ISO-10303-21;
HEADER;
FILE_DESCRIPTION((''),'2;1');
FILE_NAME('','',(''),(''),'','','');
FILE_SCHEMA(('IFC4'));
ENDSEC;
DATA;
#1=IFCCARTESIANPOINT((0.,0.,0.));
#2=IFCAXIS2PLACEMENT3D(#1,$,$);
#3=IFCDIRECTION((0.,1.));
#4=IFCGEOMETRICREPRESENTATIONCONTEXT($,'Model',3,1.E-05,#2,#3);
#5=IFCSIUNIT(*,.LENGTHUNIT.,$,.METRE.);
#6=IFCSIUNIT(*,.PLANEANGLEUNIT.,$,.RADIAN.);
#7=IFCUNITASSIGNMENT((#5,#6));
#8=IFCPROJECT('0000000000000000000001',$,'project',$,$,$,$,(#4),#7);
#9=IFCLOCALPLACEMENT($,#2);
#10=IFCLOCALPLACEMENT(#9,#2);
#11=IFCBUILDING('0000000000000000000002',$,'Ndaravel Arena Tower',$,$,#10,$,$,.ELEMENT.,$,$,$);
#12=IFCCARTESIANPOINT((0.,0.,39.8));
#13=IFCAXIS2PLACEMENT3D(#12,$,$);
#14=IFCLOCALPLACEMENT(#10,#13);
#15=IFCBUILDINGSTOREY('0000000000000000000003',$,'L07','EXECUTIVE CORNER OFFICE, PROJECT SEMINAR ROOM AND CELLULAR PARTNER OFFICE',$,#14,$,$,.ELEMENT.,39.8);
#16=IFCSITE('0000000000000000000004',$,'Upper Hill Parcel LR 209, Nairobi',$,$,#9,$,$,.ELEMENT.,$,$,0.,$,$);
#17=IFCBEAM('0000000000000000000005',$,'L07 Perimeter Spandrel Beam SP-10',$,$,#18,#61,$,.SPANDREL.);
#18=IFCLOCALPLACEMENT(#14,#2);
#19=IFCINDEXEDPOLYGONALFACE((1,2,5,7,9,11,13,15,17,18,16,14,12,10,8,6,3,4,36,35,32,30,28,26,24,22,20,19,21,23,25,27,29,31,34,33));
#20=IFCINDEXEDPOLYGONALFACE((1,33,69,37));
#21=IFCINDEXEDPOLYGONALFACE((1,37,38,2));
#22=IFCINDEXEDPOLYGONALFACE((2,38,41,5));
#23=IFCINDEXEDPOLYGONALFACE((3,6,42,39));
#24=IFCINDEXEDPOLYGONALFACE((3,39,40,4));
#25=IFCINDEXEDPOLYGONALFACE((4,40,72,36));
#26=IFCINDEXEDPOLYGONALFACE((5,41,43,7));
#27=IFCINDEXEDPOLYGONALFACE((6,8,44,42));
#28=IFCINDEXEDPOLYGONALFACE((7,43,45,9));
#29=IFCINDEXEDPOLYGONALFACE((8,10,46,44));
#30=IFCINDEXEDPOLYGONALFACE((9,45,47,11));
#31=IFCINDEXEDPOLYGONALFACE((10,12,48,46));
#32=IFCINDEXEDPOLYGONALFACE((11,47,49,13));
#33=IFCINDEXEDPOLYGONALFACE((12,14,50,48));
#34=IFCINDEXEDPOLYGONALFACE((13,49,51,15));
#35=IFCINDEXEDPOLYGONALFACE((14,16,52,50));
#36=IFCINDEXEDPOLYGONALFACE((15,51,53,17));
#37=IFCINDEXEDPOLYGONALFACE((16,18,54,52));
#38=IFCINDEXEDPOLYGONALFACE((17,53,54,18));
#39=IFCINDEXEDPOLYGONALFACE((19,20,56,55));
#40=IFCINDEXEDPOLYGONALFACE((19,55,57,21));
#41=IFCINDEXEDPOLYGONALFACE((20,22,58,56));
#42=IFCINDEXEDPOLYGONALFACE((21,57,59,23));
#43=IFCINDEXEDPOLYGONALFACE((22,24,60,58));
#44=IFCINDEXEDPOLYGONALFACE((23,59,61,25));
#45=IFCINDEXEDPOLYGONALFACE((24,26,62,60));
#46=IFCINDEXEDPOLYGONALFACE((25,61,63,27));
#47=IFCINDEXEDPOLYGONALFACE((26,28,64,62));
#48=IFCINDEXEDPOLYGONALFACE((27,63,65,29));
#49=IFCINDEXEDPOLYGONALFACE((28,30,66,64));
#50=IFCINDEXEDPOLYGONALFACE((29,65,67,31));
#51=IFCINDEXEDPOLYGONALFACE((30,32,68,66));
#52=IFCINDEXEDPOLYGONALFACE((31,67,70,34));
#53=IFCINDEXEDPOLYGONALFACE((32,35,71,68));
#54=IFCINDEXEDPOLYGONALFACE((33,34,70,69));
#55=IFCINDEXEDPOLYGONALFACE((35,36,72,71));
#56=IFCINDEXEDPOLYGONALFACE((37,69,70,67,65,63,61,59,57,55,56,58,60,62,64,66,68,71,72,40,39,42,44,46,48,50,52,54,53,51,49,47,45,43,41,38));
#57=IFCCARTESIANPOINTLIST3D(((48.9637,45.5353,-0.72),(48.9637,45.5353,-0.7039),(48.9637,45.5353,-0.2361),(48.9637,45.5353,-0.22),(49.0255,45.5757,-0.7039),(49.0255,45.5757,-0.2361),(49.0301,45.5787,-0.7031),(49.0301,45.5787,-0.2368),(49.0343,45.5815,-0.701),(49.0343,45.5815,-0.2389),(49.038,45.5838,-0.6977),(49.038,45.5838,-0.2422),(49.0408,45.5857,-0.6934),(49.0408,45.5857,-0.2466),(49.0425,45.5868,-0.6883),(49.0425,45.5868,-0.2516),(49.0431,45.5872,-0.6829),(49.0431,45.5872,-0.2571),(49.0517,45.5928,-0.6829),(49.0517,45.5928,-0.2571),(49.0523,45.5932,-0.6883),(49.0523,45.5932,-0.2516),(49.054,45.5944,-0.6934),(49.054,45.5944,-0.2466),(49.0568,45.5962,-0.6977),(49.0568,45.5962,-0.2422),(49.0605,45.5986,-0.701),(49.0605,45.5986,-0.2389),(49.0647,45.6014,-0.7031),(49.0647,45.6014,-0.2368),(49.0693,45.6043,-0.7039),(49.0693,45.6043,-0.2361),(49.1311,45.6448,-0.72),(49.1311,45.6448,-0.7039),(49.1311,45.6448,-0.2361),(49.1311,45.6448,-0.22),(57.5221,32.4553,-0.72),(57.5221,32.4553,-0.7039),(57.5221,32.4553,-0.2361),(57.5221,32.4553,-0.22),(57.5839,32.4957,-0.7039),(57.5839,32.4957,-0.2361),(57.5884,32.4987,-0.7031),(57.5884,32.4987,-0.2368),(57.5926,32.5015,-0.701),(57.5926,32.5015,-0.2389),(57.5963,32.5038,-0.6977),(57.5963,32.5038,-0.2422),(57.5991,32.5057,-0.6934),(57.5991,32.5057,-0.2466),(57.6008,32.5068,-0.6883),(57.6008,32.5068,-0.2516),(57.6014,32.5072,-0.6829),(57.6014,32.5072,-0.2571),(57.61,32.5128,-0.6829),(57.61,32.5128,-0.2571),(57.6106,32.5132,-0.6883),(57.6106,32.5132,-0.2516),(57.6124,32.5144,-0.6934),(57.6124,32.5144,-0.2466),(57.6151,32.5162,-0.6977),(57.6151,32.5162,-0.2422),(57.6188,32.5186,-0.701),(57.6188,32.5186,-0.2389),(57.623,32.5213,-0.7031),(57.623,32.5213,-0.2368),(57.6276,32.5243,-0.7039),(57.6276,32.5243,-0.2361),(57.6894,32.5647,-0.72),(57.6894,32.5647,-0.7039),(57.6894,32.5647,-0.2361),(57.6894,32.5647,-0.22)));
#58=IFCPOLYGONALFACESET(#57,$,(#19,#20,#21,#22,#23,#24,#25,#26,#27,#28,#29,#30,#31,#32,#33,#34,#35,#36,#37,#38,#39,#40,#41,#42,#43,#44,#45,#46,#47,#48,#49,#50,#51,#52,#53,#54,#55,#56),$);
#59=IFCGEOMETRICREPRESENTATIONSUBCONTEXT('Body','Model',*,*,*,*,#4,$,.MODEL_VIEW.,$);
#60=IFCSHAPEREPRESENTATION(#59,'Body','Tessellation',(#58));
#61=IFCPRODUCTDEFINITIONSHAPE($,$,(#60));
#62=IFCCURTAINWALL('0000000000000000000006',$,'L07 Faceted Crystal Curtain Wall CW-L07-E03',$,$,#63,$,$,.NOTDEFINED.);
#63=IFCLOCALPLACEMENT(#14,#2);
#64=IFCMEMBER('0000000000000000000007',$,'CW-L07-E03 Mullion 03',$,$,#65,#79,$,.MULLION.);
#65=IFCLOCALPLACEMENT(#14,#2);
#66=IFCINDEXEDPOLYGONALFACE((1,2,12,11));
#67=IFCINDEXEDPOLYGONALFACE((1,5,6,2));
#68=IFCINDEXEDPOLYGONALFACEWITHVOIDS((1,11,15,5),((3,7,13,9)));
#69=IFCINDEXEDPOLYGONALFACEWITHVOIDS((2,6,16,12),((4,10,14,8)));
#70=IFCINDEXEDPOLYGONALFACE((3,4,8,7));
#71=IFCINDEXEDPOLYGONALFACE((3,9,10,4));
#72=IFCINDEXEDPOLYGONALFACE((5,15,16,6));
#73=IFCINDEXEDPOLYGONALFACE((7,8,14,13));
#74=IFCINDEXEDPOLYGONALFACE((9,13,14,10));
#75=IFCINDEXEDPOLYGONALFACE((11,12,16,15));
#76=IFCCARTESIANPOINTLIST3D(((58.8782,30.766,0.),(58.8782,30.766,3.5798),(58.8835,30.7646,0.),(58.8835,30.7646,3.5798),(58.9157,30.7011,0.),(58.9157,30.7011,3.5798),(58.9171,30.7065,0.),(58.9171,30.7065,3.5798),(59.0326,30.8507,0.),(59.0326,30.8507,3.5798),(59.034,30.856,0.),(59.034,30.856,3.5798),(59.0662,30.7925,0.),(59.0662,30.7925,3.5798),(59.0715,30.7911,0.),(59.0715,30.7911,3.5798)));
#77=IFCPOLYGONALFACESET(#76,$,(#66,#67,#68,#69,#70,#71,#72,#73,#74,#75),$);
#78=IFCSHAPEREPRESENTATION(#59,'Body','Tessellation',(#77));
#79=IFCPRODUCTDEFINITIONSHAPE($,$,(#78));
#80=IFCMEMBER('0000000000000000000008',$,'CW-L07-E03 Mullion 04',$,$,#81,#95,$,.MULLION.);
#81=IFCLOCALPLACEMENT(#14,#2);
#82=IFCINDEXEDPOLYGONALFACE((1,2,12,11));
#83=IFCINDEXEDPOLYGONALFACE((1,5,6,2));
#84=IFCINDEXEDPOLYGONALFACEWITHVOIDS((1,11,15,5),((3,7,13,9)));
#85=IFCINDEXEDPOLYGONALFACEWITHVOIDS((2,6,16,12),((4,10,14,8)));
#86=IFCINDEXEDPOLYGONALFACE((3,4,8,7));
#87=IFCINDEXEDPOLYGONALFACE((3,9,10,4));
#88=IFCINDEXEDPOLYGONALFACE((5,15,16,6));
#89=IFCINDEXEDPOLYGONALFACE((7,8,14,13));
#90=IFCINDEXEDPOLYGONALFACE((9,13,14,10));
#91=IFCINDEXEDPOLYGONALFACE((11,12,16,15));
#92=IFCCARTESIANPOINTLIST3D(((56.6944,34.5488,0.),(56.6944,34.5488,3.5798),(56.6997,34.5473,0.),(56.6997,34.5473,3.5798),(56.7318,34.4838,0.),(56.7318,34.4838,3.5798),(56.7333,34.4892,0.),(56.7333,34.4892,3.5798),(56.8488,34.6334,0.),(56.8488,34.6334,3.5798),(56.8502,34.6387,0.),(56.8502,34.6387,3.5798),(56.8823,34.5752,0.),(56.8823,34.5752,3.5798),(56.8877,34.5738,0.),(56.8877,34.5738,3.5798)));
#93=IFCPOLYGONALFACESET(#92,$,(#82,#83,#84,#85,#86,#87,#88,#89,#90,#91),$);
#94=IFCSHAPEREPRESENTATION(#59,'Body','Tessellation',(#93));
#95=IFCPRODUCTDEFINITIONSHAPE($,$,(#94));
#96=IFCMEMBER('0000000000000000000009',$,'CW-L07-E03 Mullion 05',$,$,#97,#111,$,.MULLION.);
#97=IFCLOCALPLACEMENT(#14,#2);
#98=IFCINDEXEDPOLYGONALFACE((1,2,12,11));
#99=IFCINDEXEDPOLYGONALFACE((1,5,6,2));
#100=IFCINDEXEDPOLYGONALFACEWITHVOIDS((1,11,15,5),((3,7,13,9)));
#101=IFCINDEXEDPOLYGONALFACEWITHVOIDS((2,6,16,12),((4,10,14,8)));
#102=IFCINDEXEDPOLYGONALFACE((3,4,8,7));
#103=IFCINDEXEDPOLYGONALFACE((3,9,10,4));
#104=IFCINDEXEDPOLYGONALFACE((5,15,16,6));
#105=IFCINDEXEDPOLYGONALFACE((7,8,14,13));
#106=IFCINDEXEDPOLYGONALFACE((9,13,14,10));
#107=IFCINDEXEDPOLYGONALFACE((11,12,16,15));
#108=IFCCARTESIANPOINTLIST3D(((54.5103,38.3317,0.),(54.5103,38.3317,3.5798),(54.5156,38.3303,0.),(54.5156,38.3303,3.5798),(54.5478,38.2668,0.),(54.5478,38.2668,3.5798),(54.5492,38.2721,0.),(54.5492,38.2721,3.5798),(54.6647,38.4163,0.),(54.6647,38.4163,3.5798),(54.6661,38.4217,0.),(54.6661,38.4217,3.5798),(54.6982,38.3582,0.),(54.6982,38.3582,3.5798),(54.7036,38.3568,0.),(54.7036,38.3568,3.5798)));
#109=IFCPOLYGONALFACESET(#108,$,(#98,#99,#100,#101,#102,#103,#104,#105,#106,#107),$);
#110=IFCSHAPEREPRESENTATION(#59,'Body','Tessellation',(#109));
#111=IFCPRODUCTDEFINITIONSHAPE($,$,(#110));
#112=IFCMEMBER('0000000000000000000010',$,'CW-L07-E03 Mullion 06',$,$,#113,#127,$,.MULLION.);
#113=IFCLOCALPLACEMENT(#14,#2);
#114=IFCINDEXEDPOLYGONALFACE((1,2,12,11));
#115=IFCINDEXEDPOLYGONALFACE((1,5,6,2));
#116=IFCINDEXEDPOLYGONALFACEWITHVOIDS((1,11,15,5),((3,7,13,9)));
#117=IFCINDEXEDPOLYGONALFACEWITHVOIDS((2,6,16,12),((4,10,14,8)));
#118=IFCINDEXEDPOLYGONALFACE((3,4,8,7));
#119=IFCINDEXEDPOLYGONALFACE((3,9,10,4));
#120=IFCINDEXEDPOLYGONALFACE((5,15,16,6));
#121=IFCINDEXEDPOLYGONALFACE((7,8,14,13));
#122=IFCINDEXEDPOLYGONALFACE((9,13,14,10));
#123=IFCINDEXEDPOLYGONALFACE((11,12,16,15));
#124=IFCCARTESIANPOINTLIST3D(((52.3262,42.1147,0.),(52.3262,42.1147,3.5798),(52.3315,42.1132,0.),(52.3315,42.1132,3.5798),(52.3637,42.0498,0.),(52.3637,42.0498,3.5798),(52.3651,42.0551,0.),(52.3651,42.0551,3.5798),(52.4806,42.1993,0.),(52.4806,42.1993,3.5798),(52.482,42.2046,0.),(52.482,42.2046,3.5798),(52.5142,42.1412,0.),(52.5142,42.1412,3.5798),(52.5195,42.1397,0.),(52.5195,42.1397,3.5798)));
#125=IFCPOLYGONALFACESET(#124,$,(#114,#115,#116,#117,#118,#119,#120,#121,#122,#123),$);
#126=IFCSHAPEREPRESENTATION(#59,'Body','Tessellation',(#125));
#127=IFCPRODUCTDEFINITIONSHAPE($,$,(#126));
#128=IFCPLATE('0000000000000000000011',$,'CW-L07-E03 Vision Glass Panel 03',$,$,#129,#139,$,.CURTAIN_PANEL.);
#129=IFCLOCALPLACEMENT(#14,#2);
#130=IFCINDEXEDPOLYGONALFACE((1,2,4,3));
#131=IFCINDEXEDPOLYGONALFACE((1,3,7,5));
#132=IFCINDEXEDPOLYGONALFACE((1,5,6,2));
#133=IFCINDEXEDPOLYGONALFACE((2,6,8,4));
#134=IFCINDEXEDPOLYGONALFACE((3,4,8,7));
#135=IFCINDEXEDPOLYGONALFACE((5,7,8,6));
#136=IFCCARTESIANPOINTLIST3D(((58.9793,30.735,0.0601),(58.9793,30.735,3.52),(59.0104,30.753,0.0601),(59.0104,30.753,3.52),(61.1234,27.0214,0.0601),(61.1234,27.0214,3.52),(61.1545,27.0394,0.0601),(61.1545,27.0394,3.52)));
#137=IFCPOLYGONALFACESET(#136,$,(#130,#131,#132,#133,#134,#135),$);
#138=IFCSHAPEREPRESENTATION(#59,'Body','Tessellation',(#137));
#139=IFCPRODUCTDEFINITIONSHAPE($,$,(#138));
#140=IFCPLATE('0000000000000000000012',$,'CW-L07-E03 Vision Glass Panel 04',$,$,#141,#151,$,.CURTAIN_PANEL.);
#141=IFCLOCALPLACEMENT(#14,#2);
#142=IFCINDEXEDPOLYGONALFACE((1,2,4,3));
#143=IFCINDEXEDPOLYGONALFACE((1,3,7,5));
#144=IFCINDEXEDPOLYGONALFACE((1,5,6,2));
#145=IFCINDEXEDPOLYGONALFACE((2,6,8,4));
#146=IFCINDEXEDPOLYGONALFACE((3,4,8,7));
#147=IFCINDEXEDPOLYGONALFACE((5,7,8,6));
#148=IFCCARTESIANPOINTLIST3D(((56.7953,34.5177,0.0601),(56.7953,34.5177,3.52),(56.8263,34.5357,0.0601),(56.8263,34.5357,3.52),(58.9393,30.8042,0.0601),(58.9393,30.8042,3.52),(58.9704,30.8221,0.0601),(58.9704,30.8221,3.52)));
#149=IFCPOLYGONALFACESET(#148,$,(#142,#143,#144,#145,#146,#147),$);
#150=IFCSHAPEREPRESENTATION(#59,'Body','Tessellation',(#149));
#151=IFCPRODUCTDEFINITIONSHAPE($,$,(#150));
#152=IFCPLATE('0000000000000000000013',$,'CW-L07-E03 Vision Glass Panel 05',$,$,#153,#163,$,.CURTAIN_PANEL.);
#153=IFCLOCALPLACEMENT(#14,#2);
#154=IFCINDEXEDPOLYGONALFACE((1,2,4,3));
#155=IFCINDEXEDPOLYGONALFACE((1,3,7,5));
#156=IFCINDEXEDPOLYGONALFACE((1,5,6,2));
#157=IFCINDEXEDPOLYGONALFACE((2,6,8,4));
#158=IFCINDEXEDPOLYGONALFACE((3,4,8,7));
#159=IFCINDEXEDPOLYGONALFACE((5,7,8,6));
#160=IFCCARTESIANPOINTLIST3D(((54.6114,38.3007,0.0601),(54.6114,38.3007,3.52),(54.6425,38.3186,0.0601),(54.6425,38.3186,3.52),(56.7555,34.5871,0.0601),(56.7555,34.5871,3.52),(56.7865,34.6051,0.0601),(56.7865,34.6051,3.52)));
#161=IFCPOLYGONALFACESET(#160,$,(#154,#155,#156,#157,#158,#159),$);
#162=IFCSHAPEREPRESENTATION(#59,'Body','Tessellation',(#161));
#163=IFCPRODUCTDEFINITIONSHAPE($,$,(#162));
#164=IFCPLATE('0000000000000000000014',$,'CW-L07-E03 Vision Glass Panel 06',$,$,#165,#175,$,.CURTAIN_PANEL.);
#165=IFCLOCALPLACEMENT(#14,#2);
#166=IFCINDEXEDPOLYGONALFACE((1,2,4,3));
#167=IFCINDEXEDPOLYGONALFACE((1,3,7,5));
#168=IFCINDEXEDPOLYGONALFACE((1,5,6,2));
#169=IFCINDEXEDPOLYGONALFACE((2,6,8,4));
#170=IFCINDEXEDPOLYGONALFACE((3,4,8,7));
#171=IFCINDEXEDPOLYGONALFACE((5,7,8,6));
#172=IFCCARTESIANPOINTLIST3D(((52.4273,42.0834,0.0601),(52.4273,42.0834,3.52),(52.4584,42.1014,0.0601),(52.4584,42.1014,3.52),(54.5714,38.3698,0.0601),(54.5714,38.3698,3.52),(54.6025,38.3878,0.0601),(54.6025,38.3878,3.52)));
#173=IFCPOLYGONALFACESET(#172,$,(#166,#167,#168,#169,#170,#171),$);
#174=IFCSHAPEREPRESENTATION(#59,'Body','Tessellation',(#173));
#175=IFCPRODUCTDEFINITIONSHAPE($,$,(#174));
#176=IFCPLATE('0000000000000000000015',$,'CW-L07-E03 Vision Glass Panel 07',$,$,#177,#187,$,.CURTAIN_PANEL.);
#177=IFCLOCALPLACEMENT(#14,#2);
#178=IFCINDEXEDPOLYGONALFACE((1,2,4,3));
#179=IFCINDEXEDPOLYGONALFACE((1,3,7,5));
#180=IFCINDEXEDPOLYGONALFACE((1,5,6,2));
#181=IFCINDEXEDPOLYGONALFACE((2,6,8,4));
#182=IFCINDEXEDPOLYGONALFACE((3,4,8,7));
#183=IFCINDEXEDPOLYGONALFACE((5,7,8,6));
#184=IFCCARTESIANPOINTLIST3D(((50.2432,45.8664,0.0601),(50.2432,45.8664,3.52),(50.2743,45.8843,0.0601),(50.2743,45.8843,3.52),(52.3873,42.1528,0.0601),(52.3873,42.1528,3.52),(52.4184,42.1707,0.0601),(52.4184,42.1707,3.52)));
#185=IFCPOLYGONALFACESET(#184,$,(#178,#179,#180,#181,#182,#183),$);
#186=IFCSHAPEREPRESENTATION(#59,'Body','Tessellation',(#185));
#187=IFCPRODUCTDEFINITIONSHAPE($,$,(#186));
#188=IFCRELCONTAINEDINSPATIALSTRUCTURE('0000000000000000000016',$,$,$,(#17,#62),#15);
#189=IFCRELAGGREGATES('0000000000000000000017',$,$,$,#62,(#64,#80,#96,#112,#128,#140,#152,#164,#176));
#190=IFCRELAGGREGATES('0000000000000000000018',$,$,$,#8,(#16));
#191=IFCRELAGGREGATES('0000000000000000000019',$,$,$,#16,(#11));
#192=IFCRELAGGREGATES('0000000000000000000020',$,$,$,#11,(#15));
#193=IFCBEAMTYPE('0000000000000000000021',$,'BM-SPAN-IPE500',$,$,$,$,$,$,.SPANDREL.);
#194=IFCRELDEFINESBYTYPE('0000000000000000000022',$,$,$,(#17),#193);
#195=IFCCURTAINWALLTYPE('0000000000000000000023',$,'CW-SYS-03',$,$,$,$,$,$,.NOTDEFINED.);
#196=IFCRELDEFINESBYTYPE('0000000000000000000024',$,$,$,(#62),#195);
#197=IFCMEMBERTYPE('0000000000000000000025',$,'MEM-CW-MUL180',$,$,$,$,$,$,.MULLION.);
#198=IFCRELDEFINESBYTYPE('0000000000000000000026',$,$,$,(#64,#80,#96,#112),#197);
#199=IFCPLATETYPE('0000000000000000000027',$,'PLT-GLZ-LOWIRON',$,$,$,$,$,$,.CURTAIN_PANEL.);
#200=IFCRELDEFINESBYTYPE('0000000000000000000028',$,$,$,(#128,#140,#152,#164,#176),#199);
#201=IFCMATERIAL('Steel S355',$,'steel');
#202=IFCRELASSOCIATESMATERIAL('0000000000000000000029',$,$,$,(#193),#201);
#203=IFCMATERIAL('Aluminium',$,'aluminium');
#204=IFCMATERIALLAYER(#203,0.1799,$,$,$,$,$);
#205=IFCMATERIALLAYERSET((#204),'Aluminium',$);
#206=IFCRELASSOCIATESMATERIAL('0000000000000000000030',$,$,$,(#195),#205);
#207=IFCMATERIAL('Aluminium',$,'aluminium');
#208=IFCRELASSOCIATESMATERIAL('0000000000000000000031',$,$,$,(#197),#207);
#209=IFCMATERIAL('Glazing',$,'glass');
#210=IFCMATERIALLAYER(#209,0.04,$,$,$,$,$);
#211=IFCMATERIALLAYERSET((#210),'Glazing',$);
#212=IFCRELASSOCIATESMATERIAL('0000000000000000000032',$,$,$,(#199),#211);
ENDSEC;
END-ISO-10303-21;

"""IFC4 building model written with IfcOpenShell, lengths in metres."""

from ifc_helpers import new_model, si_unit, direction, frame, origin, origin_2d, place, context, subcontext, project, spatial, rectangle, hollow_rectangle, i_section, extrude, material, layer, layer_set, material_profile, profile_set, type_object, element, aggregate, save


model = new_model("IFC4")

# Units and contexts
model_context = context("Model", 3, precision=1e-05, world=origin(), true_north=direction((0.0, 1.0)))
body_context = subcontext(model_context, "Body", "Model", "MODEL_VIEW")
ifc_project = project(units=[si_unit("LENGTHUNIT", "METRE"), si_unit("PLANEANGLEUNIT", "RADIAN")], contexts=[model_context])

# Site, building, storey
site_placement = place(None, origin())
site = spatial("IfcSite", under=ifc_project, at=site_placement, Name="Upper Hill Parcel LR 209, Nairobi", CompositionType="ELEMENT", RefElevation=0.0)
building_placement = place(site_placement, origin())
building = spatial("IfcBuilding", under=site, at=building_placement, Name="Ndaravel Arena Tower", CompositionType="ELEMENT")
storey_placement = place(building_placement, frame((0.0, 0.0, 39.8)))
storey = spatial("IfcBuildingStorey", under=building, at=storey_placement, Name="L07", Description="EXECUTIVE CORNER OFFICE, PROJECT SEMINAR ROOM AND CELLULAR PARTNER OFFICE", CompositionType="ELEMENT", Elevation=39.8)

# Beam
ifc_material_1 = material(Name="Steel S355", Category="steel")
ifc_material_profile_1 = material_profile(ifc_material_1, i_section(OverallWidth=0.2, OverallDepth=0.5, WebThickness=0.0103, FlangeThickness=0.0161, FilletRadius=0.021, at=origin_2d()), Name="IPE 500")
ifc_profile_set_1 = profile_set([ifc_material_profile_1], Name="Steel S355")
beam_type_1 = type_object("IfcBeamType", Name="BM-SPAN-IPE500", PredefinedType="SPANDREL", material=ifc_profile_set_1)
beam_1_placement = place(storey_placement, frame((57.6057, 32.51, -0.47), z_axis=(-0.547518, 0.836794, 0.0), x_axis=(-0.836794, -0.547518, 0.0)))
element("IfcBeam", 1, at=beam_1_placement, inside=storey, type_object=beam_type_1, Name="L07 Perimeter Spandrel Beam SP-10", PredefinedType="SPANDREL", context=body_context, shape_type="SweptSolid", body=[
    extrude(i_section(OverallWidth=0.2, OverallDepth=0.5, WebThickness=0.0103, FlangeThickness=0.0161, FilletRadius=0.021, at=origin_2d()), origin(), (0.0, 0.0, 1.0), 15.6311),
])

# Curtain wall, members, plates
ifc_material_2 = material(Name="Aluminium", Category="aluminium")
ifc_layer_1 = layer(ifc_material_2, 0.1799)
ifc_layer_set_1 = layer_set([ifc_layer_1], Name="Aluminium")
curtain_wall_type = type_object("IfcCurtainWallType", Name="CW-SYS-03", PredefinedType="NOTDEFINED", material=ifc_layer_set_1)
curtain_wall_placement = place(storey_placement, origin())
curtain_wall = element("IfcCurtainWall", 2, at=curtain_wall_placement, inside=storey, type_object=curtain_wall_type, Name="L07 Faceted Crystal Curtain Wall CW-L07-E03", PredefinedType="NOTDEFINED")
ifc_material_3 = material(Name="Aluminium", Category="aluminium")
ifc_material_profile_2 = material_profile(ifc_material_3, hollow_rectangle(XDim=0.075, YDim=0.1799, WallThickness=0.0039, at=origin_2d()), Name="CW MULLION 75x180x4")
ifc_profile_set_2 = profile_set([ifc_material_profile_2], Name="Aluminium")
member_type = type_object("IfcMemberType", Name="MEM-CW-MUL180", PredefinedType="MULLION", material=ifc_profile_set_2)
member_1_placement = place(storey_placement, frame((58.9749, 30.7786, 0.0), z_axis=(0.0, 0.0, 1.0), x_axis=(-0.5, 0.866025, 0.0)))
member_1 = element("IfcMember", 3, at=member_1_placement, type_object=member_type, Name="CW-L07-E03 Mullion 03", PredefinedType="MULLION", context=body_context, shape_type="SweptSolid", body=[
    extrude(hollow_rectangle(XDim=0.075, YDim=0.1799, WallThickness=0.0039, at=origin_2d()), origin(), (0.0, 0.0, 1.0), 3.5798),
])
member_2_placement = place(storey_placement, frame((56.791, 34.5613, 0.0), z_axis=(0.0, 0.0, 1.0), x_axis=(-0.5, 0.866025, 0.0)))
member_2 = element("IfcMember", 4, at=member_2_placement, type_object=member_type, Name="CW-L07-E03 Mullion 04", PredefinedType="MULLION", context=body_context, shape_type="SweptSolid", body=[
    extrude(hollow_rectangle(XDim=0.075, YDim=0.1799, WallThickness=0.0039, at=origin_2d()), origin(), (0.0, 0.0, 1.0), 3.5798),
])
member_3_placement = place(storey_placement, frame((54.6069, 38.3442, 0.0), z_axis=(0.0, 0.0, 1.0), x_axis=(-0.5, 0.866025, 0.0)))
member_3 = element("IfcMember", 5, at=member_3_placement, type_object=member_type, Name="CW-L07-E03 Mullion 05", PredefinedType="MULLION", context=body_context, shape_type="SweptSolid", body=[
    extrude(hollow_rectangle(XDim=0.075, YDim=0.1799, WallThickness=0.0039, at=origin_2d()), origin(), (0.0, 0.0, 1.0), 3.5798),
])
member_4_placement = place(storey_placement, frame((52.4229, 42.1272, 0.0), z_axis=(0.0, 0.0, 1.0), x_axis=(-0.5, 0.866025, 0.0)))
member_4 = element("IfcMember", 6, at=member_4_placement, type_object=member_type, Name="CW-L07-E03 Mullion 06", PredefinedType="MULLION", context=body_context, shape_type="SweptSolid", body=[
    extrude(hollow_rectangle(XDim=0.075, YDim=0.1799, WallThickness=0.0039, at=origin_2d()), origin(), (0.0, 0.0, 1.0), 3.5798),
])
ifc_material_4 = material(Name="Glazing", Category="glass")
ifc_layer_2 = layer(ifc_material_4, 0.04)
ifc_layer_set_2 = layer_set([ifc_layer_2], Name="Glazing")
plate_type = type_object("IfcPlateType", Name="PLT-GLZ-LOWIRON", PredefinedType="CURTAIN_PANEL", material=ifc_layer_set_2)
plate_1_placement = place(storey_placement, frame((60.0669, 28.8872, 0.0601), z_axis=(0.0, 0.0, 1.0), x_axis=(-0.5, 0.866025, 0.0)))
plate_1 = element("IfcPlate", 7, at=plate_1_placement, type_object=plate_type, Name="CW-L07-E03 Vision Glass Panel 03", PredefinedType="CURTAIN_PANEL", context=body_context, shape_type="SweptSolid", body=[
    extrude(rectangle(XDim=4.2881, YDim=0.0359, at=origin_2d()), origin(), (0.0, 0.0, 1.0), 3.46),
])
plate_2_placement = place(storey_placement, frame((57.8828, 32.6699, 0.0601), z_axis=(0.0, 0.0, 1.0), x_axis=(-0.5, 0.866025, 0.0)))
plate_2 = element("IfcPlate", 8, at=plate_2_placement, type_object=plate_type, Name="CW-L07-E03 Vision Glass Panel 04", PredefinedType="CURTAIN_PANEL", context=body_context, shape_type="SweptSolid", body=[
    extrude(rectangle(XDim=4.2881, YDim=0.0359, at=origin_2d()), origin(), (0.0, 0.0, 1.0), 3.46),
])
plate_3_placement = place(storey_placement, frame((55.699, 36.4529, 0.0601), z_axis=(0.0, 0.0, 1.0), x_axis=(-0.5, 0.866025, 0.0)))
plate_3 = element("IfcPlate", 9, at=plate_3_placement, type_object=plate_type, Name="CW-L07-E03 Vision Glass Panel 05", PredefinedType="CURTAIN_PANEL", context=body_context, shape_type="SweptSolid", body=[
    extrude(rectangle(XDim=4.2881, YDim=0.0359, at=origin_2d()), origin(), (0.0, 0.0, 1.0), 3.46),
])
plate_4_placement = place(storey_placement, frame((53.5149, 40.2356, 0.0601), z_axis=(0.0, 0.0, 1.0), x_axis=(-0.5, 0.866025, 0.0)))
plate_4 = element("IfcPlate", 10, at=plate_4_placement, type_object=plate_type, Name="CW-L07-E03 Vision Glass Panel 06", PredefinedType="CURTAIN_PANEL", context=body_context, shape_type="SweptSolid", body=[
    extrude(rectangle(XDim=4.2881, YDim=0.0359, at=origin_2d()), origin(), (0.0, 0.0, 1.0), 3.46),
])
plate_5_placement = place(storey_placement, frame((51.3308, 44.0186, 0.0601), z_axis=(0.0, 0.0, 1.0), x_axis=(-0.5, 0.866025, 0.0)))
plate_5 = element("IfcPlate", 11, at=plate_5_placement, type_object=plate_type, Name="CW-L07-E03 Vision Glass Panel 07", PredefinedType="CURTAIN_PANEL", context=body_context, shape_type="SweptSolid", body=[
    extrude(rectangle(XDim=4.2881, YDim=0.0359, at=origin_2d()), origin(), (0.0, 0.0, 1.0), 3.46),
])
aggregate(curtain_wall, [member_1, member_2, member_3, member_4, plate_1, plate_2, plate_3, plate_4, plate_5])

save(model, "model.ifc")
